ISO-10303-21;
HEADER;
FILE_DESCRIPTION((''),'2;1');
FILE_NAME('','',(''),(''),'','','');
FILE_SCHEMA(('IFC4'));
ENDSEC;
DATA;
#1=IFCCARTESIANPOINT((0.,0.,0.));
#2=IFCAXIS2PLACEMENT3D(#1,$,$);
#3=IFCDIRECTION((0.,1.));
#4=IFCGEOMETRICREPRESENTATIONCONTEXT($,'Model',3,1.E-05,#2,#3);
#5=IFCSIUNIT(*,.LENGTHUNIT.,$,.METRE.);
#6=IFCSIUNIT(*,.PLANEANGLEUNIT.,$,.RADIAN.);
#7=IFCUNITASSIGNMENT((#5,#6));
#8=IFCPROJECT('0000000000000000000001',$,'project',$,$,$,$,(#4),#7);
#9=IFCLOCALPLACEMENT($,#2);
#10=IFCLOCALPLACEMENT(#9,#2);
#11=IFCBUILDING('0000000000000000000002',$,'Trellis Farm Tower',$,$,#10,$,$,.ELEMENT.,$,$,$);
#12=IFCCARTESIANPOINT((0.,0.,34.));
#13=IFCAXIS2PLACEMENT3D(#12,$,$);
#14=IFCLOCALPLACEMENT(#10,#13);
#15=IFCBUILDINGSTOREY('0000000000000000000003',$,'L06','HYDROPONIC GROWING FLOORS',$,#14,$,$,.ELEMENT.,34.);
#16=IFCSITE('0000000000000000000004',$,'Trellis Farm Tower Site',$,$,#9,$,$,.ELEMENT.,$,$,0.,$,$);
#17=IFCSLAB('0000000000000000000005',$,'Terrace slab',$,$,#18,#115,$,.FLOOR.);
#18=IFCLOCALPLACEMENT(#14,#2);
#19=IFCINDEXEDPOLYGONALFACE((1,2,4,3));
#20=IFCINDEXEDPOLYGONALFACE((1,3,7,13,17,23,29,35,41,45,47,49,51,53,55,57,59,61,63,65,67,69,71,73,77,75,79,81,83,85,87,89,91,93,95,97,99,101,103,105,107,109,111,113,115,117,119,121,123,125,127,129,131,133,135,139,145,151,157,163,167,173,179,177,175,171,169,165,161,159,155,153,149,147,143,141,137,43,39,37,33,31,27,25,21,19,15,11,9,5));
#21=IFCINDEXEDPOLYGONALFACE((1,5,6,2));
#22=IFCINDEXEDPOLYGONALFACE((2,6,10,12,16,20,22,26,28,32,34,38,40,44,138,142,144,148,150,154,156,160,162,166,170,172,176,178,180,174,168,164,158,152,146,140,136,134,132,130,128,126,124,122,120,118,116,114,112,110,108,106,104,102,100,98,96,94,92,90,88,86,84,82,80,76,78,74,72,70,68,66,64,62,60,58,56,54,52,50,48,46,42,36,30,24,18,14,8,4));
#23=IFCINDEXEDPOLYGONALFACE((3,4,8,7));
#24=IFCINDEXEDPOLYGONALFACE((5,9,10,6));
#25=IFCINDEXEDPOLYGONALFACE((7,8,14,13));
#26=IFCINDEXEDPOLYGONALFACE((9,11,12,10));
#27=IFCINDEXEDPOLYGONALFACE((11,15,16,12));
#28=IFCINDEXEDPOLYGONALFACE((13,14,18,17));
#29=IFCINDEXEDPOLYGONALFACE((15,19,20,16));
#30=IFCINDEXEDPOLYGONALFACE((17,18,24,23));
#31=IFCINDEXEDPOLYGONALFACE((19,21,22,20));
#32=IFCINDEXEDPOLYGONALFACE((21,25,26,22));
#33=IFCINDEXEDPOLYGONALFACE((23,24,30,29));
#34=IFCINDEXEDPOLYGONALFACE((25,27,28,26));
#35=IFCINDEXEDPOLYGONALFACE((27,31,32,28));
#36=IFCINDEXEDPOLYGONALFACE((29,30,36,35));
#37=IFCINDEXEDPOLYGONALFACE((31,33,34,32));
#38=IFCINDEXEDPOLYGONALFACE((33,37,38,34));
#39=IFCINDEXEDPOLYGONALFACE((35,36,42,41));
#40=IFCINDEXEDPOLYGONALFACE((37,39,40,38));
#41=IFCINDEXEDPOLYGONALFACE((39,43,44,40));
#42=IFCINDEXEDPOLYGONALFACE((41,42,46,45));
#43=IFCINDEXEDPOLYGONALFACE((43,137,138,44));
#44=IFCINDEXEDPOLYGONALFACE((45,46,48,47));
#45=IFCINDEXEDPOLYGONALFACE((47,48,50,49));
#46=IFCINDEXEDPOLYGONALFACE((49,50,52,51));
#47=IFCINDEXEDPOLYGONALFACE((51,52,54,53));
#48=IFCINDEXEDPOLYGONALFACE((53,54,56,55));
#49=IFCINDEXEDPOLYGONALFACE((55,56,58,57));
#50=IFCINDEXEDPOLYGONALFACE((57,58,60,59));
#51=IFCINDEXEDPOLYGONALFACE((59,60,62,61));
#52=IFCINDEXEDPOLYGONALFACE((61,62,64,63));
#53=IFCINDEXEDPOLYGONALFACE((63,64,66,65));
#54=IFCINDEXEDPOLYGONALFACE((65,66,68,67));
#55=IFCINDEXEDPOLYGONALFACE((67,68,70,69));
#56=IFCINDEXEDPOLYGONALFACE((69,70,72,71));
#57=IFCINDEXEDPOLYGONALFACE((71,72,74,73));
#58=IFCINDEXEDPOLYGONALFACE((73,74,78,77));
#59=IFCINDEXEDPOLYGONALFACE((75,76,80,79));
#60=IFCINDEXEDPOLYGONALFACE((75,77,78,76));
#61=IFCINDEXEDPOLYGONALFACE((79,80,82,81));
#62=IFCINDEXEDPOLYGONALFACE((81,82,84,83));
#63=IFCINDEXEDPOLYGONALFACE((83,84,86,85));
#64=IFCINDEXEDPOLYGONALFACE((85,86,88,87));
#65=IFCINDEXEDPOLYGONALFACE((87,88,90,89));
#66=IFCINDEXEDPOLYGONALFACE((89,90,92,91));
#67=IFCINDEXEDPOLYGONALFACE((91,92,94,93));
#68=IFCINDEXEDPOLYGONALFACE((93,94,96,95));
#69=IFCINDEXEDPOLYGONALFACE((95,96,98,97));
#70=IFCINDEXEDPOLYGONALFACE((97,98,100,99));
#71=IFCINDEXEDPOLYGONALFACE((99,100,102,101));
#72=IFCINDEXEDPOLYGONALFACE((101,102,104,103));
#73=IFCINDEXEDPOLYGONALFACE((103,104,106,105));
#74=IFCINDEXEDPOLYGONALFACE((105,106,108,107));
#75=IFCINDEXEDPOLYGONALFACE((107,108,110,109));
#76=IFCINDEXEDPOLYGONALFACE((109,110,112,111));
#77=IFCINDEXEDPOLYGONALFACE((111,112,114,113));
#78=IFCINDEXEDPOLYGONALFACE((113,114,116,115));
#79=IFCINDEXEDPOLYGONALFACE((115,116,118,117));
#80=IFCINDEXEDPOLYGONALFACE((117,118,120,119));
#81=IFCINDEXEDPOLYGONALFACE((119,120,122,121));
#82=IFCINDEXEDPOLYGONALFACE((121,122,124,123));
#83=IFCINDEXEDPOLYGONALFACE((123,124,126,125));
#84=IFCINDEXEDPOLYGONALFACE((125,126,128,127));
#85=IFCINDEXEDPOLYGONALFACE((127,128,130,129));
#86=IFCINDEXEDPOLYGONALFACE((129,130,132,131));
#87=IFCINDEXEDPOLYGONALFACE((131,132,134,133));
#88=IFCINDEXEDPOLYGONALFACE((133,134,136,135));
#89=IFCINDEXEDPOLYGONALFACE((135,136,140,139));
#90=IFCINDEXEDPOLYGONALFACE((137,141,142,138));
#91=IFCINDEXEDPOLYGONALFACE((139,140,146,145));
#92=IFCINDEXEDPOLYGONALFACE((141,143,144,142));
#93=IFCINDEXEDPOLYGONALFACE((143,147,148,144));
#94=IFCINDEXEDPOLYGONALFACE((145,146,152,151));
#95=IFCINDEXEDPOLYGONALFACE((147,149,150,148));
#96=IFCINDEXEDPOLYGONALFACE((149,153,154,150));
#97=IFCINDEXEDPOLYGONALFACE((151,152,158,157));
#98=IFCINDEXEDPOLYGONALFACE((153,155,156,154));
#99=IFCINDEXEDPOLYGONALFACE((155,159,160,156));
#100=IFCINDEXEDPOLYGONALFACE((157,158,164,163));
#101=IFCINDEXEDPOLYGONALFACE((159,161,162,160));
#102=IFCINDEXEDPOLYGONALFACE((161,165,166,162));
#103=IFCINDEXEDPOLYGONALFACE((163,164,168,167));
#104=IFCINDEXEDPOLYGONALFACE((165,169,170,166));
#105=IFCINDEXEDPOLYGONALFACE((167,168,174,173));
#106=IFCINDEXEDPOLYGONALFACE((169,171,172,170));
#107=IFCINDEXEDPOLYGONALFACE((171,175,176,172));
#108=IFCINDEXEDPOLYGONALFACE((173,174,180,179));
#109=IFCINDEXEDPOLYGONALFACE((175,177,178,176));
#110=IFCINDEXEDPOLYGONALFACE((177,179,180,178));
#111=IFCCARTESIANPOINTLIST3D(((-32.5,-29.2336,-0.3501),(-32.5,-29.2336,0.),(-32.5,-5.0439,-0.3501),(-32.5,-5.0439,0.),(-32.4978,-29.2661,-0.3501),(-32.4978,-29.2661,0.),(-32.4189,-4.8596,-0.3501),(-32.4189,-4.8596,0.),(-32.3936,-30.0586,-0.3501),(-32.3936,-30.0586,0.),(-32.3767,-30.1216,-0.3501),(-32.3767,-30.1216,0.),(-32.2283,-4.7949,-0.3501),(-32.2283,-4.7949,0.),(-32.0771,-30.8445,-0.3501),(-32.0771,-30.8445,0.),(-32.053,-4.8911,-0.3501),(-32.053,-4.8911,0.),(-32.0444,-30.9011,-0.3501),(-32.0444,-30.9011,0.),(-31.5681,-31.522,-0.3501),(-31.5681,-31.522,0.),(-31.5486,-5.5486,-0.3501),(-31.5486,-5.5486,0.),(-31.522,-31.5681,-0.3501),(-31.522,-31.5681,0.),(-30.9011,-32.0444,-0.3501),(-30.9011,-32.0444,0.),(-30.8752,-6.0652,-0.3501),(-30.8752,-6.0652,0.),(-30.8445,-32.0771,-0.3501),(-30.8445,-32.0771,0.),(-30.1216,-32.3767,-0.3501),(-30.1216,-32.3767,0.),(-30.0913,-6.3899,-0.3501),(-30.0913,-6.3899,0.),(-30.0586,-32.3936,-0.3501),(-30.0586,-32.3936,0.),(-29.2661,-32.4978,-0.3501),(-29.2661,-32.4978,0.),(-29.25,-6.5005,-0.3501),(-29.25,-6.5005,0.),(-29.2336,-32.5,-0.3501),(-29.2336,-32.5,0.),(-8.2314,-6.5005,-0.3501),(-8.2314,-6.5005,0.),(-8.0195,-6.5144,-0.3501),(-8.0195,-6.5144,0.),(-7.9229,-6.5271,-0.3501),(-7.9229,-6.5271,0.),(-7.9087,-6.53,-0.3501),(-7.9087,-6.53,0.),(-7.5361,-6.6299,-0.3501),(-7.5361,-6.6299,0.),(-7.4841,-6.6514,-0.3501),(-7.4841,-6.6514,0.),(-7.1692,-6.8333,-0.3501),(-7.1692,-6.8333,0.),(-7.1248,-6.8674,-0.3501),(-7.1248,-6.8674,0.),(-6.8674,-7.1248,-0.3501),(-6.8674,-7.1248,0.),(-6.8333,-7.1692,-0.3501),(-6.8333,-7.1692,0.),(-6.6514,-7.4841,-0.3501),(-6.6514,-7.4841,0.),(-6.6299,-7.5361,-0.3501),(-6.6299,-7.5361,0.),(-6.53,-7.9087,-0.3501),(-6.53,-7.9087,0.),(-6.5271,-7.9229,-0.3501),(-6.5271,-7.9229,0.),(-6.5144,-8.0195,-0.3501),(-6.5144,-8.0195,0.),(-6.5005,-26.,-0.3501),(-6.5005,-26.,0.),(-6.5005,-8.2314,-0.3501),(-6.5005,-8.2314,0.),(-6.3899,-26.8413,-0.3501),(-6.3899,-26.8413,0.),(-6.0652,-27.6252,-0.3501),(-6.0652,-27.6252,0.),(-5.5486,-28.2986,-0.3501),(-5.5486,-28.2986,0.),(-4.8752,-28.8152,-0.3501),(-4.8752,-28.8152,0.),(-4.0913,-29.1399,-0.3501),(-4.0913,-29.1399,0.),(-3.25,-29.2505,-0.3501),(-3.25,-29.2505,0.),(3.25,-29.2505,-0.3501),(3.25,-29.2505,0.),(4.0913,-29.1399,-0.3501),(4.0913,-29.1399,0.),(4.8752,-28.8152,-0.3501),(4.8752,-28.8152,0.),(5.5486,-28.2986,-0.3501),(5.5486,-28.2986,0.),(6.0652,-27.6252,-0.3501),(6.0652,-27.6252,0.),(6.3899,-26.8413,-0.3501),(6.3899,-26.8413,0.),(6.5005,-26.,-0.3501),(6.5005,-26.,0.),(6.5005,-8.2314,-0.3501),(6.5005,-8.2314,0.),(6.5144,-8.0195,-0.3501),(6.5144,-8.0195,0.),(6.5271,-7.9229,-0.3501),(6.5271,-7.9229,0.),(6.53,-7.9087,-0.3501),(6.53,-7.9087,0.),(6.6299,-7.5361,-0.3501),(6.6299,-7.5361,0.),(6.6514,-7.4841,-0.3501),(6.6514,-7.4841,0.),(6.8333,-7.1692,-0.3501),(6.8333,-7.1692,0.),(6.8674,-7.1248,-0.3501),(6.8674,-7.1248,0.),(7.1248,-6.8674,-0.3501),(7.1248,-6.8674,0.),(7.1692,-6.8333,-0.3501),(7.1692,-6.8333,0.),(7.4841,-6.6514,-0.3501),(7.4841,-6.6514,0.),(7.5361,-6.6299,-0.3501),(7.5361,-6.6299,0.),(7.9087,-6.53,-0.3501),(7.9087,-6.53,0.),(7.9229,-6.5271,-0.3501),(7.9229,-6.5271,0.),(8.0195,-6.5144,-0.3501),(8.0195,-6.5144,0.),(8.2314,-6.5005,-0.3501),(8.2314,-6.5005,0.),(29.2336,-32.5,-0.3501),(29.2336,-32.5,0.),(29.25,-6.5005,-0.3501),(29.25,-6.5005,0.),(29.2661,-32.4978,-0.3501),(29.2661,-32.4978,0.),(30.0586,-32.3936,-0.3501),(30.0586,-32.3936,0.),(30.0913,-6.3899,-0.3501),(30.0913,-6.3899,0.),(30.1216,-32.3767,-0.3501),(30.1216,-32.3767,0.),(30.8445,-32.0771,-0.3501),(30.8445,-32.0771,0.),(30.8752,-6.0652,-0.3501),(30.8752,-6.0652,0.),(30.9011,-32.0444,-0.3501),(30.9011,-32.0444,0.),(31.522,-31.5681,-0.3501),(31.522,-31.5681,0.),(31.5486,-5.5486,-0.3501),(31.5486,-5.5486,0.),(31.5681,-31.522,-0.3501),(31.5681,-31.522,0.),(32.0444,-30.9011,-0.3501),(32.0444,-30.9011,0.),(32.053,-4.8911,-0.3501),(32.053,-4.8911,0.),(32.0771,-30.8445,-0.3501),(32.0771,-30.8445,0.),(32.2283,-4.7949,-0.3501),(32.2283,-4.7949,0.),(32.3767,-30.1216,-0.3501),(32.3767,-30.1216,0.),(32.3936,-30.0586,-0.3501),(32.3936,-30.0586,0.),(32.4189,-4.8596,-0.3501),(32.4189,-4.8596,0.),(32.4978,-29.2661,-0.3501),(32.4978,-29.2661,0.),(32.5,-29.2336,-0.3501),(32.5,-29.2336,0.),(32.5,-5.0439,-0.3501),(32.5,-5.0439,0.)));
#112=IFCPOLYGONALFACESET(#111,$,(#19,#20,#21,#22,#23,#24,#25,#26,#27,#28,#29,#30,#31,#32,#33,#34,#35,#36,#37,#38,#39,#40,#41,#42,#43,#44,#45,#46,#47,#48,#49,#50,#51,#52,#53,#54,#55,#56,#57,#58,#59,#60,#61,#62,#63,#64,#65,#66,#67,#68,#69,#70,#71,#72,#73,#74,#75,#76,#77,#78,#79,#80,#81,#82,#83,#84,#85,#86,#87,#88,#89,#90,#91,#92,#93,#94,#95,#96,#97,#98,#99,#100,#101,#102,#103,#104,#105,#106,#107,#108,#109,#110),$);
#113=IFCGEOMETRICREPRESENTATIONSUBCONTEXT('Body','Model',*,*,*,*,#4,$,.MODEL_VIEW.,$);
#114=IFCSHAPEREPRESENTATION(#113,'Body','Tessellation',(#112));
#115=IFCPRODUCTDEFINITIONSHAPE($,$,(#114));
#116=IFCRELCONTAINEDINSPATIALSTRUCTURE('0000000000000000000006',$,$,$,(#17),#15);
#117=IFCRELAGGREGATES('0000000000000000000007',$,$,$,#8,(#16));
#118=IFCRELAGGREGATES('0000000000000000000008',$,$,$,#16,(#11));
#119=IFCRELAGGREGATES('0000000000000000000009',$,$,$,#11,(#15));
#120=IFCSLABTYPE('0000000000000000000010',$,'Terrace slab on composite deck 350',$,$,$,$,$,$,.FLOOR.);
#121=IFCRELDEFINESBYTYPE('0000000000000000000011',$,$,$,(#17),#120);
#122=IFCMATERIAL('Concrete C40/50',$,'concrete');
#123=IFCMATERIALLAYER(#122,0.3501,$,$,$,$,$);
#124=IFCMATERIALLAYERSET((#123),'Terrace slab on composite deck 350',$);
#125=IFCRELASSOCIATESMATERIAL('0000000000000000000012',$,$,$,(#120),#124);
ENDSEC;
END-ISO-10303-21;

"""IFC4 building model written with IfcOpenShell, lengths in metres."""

from ifc_helpers import new_model, si_unit, direction, frame, origin, place, context, subcontext, project, spatial, polyline, outline, extrude, material, layer, layer_set, type_object, element, save


model = new_model("IFC4")

# Units and contexts
model_context = context("Model", 3, precision=1e-05, world=origin(), true_north=direction((0.0, 1.0)))
body_context = subcontext(model_context, "Body", "Model", "MODEL_VIEW")
ifc_project = project(units=[si_unit("LENGTHUNIT", "METRE"), si_unit("PLANEANGLEUNIT", "RADIAN")], contexts=[model_context])

# Site, building, storey
site_placement = place(None, origin())
site = spatial("IfcSite", under=ifc_project, at=site_placement, Name="Trellis Farm Tower Site", CompositionType="ELEMENT", RefElevation=0.0)
building_placement = place(site_placement, origin())
building = spatial("IfcBuilding", under=site, at=building_placement, Name="Trellis Farm Tower", CompositionType="ELEMENT")
storey_placement = place(building_placement, frame((0.0, 0.0, 34.0)))
storey = spatial("IfcBuildingStorey", under=building, at=storey_placement, Name="L06", Description="HYDROPONIC GROWING FLOORS", CompositionType="ELEMENT", Elevation=34.0)

# Slab
ifc_material_1 = material(Name="Concrete C40/50", Category="concrete")
placement_1 = place(storey_placement, frame((0.0, 0.0, -0.3501)))
ifc_layer_1 = layer(ifc_material_1, 0.3501)
ifc_layer_set_1 = layer_set([ifc_layer_1], Name="Terrace slab on composite deck 350")
slab_type_1 = type_object("IfcSlabType", Name="Terrace slab on composite deck 350", PredefinedType="FLOOR", material=ifc_layer_set_1)
element("IfcSlab", 1, at=placement_1, inside=storey, type_object=slab_type_1, Name="Terrace slab", PredefinedType="FLOOR", context=body_context, shape_type="SweptSolid", body=[
    extrude(outline(polyline([(-32.2283, -4.7949), (-32.053, -4.8911), (-31.5486, -5.5486), (-30.8752, -6.0652), (-30.0913, -6.3899), (-29.25, -6.5005), (-8.2314, -6.5005), (-8.0195, -6.5144), (-7.9229, -6.5271), (-7.9087, -6.53), (-7.5361, -6.6299), (-7.4841, -6.6514), (-7.1692, -6.8333), (-7.1248, -6.8674), (-6.8674, -7.1248), (-6.8333, -7.1692), (-6.6514, -7.4841), (-6.6299, -7.5361), (-6.53, -7.9087), (-6.5271, -7.9229), (-6.5144, -8.0195), (-6.5005, -8.2314), (-6.5005, -26.0), (-6.3899, -26.8413), (-6.0652, -27.6252), (-5.5486, -28.2986), (-4.8752, -28.8152), (-4.0913, -29.1399), (-3.25, -29.2505), (3.25, -29.2505), (4.0913, -29.1399), (4.8752, -28.8152), (5.5486, -28.2986), (6.0652, -27.6252), (6.3899, -26.8413), (6.5005, -26.0), (6.5005, -8.2314), (6.5144, -8.0195), (6.5271, -7.9229), (6.53, -7.9087), (6.6299, -7.5361), (6.6514, -7.4841), (6.8333, -7.1692), (6.8674, -7.1248), (7.1248, -6.8674), (7.1692, -6.8333), (7.4841, -6.6514), (7.5361, -6.6299), (7.9087, -6.53), (7.9229, -6.5271), (8.0195, -6.5144), (8.2314, -6.5005), (29.25, -6.5005), (30.0913, -6.3899), (30.8752, -6.0652), (31.5486, -5.5486), (32.053, -4.8911), (32.2283, -4.7949), (32.4189, -4.8596), (32.5, -5.0439), (32.5, -29.2336), (32.4978, -29.2661), (32.3936, -30.0586), (32.3767, -30.1216), (32.0771, -30.8445), (32.0444, -30.9011), (31.5681, -31.522), (31.522, -31.5681), (30.9011, -32.0444), (30.8445, -32.0771), (30.1216, -32.3767), (30.0586, -32.3936), (29.2661, -32.4978), (29.2336, -32.5), (-29.2336, -32.5), (-29.2661, -32.4978), (-30.0586, -32.3936), (-30.1216, -32.3767), (-30.8445, -32.0771), (-30.9011, -32.0444), (-31.522, -31.5681), (-31.5681, -31.522), (-32.0444, -30.9011), (-32.0771, -30.8445), (-32.3767, -30.1216), (-32.3936, -30.0586), (-32.4978, -29.2661), (-32.5, -29.2336), (-32.5, -5.0439), (-32.4189, -4.8596), (-32.2283, -4.7949)])), origin(), (0.0, 0.0, 1.0), 0.3501),
])

save(model, "model.ifc")
